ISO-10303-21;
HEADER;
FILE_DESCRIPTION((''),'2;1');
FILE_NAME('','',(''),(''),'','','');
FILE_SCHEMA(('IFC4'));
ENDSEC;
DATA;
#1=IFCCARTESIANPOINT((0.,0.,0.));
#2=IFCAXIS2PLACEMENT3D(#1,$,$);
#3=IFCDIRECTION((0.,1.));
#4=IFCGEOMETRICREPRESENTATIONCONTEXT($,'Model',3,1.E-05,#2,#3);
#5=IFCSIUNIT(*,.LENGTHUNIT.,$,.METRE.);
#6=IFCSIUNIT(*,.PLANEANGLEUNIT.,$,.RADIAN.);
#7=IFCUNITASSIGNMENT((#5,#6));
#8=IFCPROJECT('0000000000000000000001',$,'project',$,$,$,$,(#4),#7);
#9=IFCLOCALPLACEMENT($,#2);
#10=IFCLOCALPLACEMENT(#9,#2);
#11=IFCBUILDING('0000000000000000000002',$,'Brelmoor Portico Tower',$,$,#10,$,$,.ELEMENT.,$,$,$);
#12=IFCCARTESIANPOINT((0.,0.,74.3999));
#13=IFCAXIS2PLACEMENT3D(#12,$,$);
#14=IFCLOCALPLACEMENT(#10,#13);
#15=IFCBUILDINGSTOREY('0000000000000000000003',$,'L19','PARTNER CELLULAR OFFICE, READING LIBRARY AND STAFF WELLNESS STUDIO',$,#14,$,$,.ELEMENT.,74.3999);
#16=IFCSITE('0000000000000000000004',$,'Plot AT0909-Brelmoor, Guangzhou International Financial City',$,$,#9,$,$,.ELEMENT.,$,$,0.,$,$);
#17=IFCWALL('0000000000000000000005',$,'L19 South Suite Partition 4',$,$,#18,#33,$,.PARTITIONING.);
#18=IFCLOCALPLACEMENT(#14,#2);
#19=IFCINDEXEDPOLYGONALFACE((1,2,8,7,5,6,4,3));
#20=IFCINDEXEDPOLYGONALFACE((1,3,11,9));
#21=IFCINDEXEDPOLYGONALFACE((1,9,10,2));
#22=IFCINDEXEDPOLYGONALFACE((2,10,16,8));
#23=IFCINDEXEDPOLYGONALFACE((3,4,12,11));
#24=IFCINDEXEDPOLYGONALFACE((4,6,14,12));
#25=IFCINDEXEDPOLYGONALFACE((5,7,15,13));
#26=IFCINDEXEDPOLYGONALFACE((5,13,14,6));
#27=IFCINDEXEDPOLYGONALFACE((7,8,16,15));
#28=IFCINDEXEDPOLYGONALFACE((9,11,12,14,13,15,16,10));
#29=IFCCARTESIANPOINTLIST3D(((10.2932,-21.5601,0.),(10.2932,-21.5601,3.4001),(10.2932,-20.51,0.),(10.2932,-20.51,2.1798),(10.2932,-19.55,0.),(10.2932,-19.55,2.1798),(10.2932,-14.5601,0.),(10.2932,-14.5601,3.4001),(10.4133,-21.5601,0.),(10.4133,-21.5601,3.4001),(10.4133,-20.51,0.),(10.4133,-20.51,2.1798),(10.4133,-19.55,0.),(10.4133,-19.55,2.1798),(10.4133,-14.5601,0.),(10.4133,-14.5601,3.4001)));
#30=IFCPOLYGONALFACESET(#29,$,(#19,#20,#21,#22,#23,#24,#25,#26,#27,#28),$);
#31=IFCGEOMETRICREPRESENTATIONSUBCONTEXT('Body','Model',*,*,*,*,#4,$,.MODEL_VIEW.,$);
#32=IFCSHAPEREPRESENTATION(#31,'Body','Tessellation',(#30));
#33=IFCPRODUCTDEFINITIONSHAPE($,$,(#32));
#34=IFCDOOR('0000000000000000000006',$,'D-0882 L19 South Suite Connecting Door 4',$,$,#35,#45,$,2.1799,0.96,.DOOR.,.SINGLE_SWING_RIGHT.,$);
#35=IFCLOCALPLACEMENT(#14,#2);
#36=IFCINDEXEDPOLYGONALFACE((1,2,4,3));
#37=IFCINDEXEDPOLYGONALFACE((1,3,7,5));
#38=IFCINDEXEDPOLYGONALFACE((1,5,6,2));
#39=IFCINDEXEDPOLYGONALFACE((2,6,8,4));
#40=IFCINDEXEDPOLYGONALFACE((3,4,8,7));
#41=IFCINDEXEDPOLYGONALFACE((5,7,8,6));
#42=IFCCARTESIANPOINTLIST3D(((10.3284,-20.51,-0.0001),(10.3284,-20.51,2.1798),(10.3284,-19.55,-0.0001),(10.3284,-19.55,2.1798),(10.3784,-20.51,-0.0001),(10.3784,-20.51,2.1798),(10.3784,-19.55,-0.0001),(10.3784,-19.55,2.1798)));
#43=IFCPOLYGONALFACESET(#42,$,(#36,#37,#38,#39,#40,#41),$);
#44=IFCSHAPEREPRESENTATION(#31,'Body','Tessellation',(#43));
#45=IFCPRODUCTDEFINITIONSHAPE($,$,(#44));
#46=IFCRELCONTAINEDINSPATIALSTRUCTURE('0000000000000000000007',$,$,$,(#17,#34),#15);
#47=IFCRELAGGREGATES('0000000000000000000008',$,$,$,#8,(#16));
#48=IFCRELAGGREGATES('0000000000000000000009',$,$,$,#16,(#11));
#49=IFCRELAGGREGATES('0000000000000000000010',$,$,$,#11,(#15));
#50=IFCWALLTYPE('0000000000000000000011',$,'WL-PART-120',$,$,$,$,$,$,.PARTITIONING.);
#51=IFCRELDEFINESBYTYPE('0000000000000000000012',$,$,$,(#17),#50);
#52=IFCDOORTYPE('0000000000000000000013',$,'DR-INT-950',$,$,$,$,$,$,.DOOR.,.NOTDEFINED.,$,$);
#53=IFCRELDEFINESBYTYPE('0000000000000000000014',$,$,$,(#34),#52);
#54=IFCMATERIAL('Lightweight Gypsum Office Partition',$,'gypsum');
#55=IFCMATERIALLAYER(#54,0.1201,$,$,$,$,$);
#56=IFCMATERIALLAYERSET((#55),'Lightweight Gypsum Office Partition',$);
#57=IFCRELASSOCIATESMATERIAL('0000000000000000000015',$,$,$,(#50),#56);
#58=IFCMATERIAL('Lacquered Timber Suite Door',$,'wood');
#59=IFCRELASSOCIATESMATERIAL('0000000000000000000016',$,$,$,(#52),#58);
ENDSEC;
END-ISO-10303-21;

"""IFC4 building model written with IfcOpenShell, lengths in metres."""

from ifc_helpers import new_model, si_unit, direction, frame, frame_2d, origin, place, context, subcontext, project, spatial, rectangle, extrude, material, layer, layer_set, type_object, element, fill, save


model = new_model("IFC4")

# Units and contexts
model_context = context("Model", 3, precision=1e-05, world=origin(), true_north=direction((0.0, 1.0)))
body_context = subcontext(model_context, "Body", "Model", "MODEL_VIEW")
ifc_project = project(units=[si_unit("LENGTHUNIT", "METRE"), si_unit("PLANEANGLEUNIT", "RADIAN")], contexts=[model_context])

# Site, building, storey
site_placement = place(None, origin())
site = spatial("IfcSite", under=ifc_project, at=site_placement, Name="Plot AT0909-Brelmoor, Guangzhou International Financial City", CompositionType="ELEMENT", RefElevation=0.0)
building_placement = place(site_placement, origin())
building = spatial("IfcBuilding", under=site, at=building_placement, Name="Brelmoor Portico Tower", CompositionType="ELEMENT")
storey_placement = place(building_placement, frame((0.0, 0.0, 74.3999)))
storey = spatial("IfcBuildingStorey", under=building, at=storey_placement, Name="L19", Description="PARTNER CELLULAR OFFICE, READING LIBRARY AND STAFF WELLNESS STUDIO", CompositionType="ELEMENT", Elevation=74.3999)

# Wall, opening, door
ifc_material_1 = material(Name="Lightweight Gypsum Office Partition", Category="gypsum")
ifc_layer_1 = layer(ifc_material_1, 0.1201)
ifc_layer_set_1 = layer_set([ifc_layer_1], Name="Lightweight Gypsum Office Partition")
wall_type_1 = type_object("IfcWallType", Name="WL-PART-120", PredefinedType="PARTITIONING", material=ifc_layer_set_1)
wall_placement = place(storey_placement, frame((10.3533, -21.5601, 0.0), z_axis=(0.0, 0.0, 1.0), x_axis=(0.0, 1.0, 0.0)))
wall = element("IfcWall", 1, at=wall_placement, inside=storey, type_object=wall_type_1, Name="L19 South Suite Partition 4", PredefinedType="PARTITIONING", context=body_context, shape_type="SweptSolid", body=[
    extrude(rectangle(XDim=7.0, YDim=0.1201, at=frame_2d((3.5, 0.0))), origin(), (0.0, 0.0, 1.0), 3.4001),
])
opening_placement = place(wall_placement, frame((1.05, 0.0, 0.0)))
opening = element("IfcOpeningElement", 2, at=opening_placement, cuts=wall, PredefinedType="OPENING", context=body_context, shape_type="SweptSolid", body=[
    extrude(rectangle(XDim=0.96, YDim=2.1799, at=frame_2d((0.48, 1.0898))), frame((0.0, 0.0701, 0.0), z_axis=(0.0, -1.0, 0.0), x_axis=(1.0, 0.0, 0.0)), (0.0, 0.0, 1.0), 0.1401),
])
ifc_material_2 = material(Name="Lacquered Timber Suite Door", Category="wood")
door_type = type_object("IfcDoorType", Name="DR-INT-950", OperationType="NOTDEFINED", PredefinedType="DOOR", material=ifc_material_2)
door_placement = place(opening_placement, origin())
door = element("IfcDoor", 3, at=door_placement, inside=storey, type_object=door_type, Name="D-0882 L19 South Suite Connecting Door 4", OperationType="SINGLE_SWING_RIGHT", OverallHeight=2.1799, OverallWidth=0.96, PredefinedType="DOOR", context=body_context, shape_type="SweptSolid", body=[
    extrude(rectangle(XDim=0.96, YDim=2.1799, at=frame_2d((0.48, 1.0898))), frame((0.0, 0.0249, 0.0), z_axis=(0.0, -1.0, 0.0), x_axis=(1.0, 0.0, 0.0)), (0.0, 0.0, 1.0), 0.05),
])
fill(opening, door)

save(model, "model.ifc")
